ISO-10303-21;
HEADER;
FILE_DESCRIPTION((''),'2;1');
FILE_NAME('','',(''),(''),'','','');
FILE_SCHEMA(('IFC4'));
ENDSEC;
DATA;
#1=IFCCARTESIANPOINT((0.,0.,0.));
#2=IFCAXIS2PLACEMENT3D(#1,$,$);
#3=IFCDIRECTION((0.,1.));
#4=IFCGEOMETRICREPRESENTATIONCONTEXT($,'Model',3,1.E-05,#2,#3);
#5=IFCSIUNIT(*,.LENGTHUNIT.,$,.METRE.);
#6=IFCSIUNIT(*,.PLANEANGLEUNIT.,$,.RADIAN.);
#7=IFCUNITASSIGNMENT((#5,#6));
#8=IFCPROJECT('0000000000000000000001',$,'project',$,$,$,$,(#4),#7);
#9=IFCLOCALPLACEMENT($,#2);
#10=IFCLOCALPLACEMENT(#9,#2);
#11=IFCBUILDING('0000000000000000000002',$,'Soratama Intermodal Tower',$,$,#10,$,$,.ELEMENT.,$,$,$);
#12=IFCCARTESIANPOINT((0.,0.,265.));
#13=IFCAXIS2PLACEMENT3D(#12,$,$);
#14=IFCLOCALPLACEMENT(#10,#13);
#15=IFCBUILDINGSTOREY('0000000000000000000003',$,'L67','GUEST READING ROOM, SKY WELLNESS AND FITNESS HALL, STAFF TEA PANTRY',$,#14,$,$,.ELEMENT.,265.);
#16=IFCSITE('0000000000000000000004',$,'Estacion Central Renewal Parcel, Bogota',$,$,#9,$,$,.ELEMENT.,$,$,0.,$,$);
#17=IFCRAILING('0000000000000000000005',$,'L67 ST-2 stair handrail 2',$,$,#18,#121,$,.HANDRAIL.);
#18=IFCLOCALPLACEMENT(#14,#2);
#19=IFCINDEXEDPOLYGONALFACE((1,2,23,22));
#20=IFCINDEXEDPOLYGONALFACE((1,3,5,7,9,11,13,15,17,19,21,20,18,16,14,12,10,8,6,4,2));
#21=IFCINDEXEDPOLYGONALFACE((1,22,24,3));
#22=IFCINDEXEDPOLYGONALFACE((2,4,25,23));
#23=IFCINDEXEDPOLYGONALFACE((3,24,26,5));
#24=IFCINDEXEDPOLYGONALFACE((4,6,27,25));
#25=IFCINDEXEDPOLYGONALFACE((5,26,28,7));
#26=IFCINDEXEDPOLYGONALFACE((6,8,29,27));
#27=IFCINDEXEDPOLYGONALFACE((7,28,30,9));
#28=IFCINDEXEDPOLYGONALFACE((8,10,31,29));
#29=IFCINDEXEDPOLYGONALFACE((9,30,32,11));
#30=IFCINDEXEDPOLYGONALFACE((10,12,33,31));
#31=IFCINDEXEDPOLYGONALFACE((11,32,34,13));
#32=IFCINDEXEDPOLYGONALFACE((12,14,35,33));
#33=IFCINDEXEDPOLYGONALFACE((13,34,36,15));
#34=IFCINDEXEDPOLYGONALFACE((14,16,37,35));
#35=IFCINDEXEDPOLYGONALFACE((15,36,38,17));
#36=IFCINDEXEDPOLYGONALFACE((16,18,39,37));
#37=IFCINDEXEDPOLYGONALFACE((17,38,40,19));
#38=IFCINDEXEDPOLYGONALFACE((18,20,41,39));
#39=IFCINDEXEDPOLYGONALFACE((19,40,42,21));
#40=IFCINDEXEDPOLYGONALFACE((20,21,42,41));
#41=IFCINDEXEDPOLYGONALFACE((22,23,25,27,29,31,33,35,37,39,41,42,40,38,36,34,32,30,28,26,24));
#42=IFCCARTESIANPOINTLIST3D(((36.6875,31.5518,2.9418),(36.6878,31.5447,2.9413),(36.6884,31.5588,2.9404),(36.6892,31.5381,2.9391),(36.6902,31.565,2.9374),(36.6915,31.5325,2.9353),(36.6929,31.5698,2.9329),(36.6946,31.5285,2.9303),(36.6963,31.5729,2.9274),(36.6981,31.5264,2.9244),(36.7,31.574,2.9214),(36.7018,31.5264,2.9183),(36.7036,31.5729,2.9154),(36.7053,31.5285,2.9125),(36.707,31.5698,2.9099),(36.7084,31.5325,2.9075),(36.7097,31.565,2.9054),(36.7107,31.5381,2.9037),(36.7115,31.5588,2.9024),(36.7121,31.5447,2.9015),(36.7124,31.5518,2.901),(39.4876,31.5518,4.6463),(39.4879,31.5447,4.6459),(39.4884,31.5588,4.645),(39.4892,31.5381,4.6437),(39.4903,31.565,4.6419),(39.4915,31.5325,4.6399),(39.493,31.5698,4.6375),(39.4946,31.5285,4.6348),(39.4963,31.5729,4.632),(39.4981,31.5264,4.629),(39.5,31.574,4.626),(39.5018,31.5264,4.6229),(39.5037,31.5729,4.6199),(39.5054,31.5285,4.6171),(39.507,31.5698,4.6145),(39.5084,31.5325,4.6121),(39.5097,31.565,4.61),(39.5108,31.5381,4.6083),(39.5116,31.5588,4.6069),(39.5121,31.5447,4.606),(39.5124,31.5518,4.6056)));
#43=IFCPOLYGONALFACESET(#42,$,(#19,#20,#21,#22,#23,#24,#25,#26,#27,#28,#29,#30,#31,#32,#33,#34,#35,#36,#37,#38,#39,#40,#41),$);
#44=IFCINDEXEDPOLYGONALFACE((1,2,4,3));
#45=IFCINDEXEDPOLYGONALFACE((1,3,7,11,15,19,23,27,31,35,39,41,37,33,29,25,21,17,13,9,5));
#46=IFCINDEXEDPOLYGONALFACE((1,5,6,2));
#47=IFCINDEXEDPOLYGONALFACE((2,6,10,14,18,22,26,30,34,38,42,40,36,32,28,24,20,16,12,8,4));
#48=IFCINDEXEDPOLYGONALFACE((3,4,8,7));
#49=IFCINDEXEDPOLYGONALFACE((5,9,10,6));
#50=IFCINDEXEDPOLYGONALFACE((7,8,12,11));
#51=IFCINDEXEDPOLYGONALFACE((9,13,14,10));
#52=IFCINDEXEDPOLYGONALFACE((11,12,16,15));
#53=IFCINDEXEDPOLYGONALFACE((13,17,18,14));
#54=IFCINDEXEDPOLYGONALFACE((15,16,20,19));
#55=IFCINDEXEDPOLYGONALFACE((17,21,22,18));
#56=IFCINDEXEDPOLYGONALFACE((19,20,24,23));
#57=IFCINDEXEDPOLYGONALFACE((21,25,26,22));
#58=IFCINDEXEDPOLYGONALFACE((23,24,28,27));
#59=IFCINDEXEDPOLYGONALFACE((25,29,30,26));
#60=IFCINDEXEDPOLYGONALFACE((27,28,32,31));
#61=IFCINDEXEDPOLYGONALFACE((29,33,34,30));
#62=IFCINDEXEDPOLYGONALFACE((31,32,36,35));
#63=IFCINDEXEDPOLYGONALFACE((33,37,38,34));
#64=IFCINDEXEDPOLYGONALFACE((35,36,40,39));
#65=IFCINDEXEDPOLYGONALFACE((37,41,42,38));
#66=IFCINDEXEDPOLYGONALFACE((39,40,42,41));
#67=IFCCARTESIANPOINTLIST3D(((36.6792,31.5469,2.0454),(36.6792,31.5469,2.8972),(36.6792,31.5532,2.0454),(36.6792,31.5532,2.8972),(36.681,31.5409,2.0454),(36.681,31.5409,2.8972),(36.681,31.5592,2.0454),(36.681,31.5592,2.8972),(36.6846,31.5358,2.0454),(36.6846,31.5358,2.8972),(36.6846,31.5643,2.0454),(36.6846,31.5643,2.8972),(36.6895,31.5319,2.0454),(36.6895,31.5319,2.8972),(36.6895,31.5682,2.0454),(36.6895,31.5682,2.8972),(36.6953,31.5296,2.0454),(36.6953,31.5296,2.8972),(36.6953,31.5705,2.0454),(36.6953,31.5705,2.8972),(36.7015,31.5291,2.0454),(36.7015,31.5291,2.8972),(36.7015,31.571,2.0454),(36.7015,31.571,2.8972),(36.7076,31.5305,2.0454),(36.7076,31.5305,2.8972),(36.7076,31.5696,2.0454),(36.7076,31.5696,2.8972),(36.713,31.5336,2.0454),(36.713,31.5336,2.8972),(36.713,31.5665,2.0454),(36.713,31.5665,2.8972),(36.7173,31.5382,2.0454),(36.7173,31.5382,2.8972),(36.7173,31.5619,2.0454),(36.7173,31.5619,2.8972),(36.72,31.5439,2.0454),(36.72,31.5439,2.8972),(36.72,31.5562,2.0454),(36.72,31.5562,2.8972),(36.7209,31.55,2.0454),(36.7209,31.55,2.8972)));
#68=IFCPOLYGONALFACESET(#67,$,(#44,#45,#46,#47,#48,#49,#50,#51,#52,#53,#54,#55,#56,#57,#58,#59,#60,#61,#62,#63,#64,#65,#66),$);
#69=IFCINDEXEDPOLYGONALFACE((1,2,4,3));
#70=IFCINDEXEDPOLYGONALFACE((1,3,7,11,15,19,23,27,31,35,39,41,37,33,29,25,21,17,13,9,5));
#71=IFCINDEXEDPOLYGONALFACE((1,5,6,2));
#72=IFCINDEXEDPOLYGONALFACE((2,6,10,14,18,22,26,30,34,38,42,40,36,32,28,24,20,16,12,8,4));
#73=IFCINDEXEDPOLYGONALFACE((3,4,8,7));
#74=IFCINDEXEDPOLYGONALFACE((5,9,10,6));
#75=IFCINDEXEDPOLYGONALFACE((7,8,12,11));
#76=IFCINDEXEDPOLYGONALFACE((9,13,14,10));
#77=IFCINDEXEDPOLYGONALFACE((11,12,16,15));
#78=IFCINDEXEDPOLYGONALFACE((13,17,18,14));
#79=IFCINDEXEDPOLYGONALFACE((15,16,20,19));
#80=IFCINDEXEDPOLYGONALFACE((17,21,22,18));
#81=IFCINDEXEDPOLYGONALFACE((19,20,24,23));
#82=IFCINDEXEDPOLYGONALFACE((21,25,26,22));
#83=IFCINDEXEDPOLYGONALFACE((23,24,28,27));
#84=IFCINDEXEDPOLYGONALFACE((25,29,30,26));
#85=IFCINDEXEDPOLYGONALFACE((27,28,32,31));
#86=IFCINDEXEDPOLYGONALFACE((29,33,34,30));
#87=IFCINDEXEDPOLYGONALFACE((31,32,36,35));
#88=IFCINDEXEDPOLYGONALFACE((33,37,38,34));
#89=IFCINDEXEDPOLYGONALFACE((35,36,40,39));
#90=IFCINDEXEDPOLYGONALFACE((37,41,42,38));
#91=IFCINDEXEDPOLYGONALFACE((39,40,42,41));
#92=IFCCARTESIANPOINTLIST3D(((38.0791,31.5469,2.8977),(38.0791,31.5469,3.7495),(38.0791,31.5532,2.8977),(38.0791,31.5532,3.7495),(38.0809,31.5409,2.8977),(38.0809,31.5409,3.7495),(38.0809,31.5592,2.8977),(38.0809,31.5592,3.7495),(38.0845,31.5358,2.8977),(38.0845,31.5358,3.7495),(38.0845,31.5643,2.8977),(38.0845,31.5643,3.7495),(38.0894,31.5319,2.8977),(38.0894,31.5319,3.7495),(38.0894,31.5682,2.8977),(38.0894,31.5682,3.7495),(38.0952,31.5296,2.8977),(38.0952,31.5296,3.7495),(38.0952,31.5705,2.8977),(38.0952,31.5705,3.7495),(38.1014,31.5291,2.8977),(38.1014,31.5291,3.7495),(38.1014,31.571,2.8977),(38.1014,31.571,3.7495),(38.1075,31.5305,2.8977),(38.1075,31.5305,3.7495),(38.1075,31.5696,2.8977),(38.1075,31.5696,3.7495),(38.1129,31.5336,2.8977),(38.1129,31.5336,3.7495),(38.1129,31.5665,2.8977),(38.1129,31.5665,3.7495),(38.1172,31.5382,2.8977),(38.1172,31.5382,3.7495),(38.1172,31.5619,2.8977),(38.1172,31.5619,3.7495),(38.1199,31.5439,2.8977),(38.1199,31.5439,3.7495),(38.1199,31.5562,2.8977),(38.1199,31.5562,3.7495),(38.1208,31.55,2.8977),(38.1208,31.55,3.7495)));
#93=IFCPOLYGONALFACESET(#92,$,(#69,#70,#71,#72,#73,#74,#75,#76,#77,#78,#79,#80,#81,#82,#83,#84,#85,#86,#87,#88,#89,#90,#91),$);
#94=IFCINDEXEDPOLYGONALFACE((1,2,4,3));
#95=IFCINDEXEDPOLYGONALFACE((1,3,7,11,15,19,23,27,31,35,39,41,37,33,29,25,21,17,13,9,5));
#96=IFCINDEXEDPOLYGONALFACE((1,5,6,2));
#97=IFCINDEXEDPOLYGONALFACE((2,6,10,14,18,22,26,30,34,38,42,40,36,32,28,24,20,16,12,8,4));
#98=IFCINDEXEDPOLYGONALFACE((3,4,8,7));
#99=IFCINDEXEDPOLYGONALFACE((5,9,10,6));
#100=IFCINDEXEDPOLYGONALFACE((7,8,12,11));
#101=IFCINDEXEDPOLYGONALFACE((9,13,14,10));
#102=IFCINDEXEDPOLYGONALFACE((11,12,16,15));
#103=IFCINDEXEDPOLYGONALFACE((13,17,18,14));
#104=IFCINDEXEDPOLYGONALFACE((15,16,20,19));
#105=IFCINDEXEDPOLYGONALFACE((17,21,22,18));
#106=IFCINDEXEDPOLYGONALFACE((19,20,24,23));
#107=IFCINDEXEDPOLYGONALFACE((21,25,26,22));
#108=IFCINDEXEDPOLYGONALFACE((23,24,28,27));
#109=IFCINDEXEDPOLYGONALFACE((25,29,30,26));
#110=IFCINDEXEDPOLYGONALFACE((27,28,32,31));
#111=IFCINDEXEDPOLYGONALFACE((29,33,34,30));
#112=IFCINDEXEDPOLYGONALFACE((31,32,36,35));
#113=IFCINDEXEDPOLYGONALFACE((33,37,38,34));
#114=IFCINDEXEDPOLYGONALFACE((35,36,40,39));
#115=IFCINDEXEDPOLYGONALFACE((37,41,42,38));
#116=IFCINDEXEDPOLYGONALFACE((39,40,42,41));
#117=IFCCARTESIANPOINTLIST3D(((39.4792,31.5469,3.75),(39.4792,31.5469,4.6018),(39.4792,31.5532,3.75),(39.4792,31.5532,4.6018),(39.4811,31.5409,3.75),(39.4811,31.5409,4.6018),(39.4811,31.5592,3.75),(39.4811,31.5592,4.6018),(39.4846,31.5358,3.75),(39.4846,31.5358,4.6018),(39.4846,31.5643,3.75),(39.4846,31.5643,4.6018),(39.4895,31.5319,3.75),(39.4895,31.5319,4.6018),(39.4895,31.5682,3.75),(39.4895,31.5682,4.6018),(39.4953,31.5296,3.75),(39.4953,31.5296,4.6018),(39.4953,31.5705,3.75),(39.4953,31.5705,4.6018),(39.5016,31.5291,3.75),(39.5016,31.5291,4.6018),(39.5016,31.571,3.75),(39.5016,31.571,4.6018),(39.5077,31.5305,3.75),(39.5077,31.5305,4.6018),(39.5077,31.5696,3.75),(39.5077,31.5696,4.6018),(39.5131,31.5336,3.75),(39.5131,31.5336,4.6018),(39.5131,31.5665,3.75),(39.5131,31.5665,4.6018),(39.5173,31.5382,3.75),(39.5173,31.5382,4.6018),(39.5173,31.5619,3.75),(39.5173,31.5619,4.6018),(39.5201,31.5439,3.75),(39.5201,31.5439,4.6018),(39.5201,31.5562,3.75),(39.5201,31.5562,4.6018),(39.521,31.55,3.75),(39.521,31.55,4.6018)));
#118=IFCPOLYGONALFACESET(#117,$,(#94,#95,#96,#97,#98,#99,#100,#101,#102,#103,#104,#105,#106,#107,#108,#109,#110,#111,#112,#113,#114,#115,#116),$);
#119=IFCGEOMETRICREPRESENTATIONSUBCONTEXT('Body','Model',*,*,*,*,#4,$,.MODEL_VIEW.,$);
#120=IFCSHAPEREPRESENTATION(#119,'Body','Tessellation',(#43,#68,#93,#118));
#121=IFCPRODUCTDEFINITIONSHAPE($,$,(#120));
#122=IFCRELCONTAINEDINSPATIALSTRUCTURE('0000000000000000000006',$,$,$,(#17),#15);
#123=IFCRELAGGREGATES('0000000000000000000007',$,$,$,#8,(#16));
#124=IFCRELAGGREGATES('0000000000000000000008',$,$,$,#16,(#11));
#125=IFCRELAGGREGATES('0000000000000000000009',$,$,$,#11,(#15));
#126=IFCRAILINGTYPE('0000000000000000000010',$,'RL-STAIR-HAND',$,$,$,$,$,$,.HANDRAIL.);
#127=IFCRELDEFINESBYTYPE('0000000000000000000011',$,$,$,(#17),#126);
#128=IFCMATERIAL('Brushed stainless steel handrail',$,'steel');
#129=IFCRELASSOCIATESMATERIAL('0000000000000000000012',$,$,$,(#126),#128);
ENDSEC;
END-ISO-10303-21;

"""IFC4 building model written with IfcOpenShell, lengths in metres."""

from ifc_helpers import new_model, si_unit, direction, frame, origin, origin_2d, place, context, subcontext, project, spatial, circle, extrude, material, type_object, element, save


model = new_model("IFC4")

# Units and contexts
model_context = context("Model", 3, precision=1e-05, world=origin(), true_north=direction((0.0, 1.0)))
body_context = subcontext(model_context, "Body", "Model", "MODEL_VIEW")
ifc_project = project(units=[si_unit("LENGTHUNIT", "METRE"), si_unit("PLANEANGLEUNIT", "RADIAN")], contexts=[model_context])

# Site, building, storey
site_placement = place(None, origin())
site = spatial("IfcSite", under=ifc_project, at=site_placement, Name="Estacion Central Renewal Parcel, Bogota", CompositionType="ELEMENT", RefElevation=0.0)
building_placement = place(site_placement, origin())
building = spatial("IfcBuilding", under=site, at=building_placement, Name="Soratama Intermodal Tower", CompositionType="ELEMENT")
storey_placement = place(building_placement, frame((0.0, 0.0, 265.0)))
storey = spatial("IfcBuildingStorey", under=building, at=storey_placement, Name="L67", Description="GUEST READING ROOM, SKY WELLNESS AND FITNESS HALL, STAFF TEA PANTRY", CompositionType="ELEMENT", Elevation=265.0)

# Railing
ifc_material_1 = material(Name="Brushed stainless steel handrail", Category="steel")
railing_type_1 = type_object("IfcRailingType", Name="RL-STAIR-HAND", PredefinedType="HANDRAIL", material=ifc_material_1)
railing_1_placement = place(storey_placement, frame((36.7, 31.55, 2.0454)))
element("IfcRailing", 1, at=railing_1_placement, inside=storey, type_object=railing_type_1, Name="L67 ST-2 stair handrail 2", PredefinedType="HANDRAIL", context=body_context, shape_type="SweptSolid", body=[
    extrude(circle(Radius=0.0239, at=origin_2d()), frame((0.0, 0.0, 0.876), z_axis=(0.85417, 0.0, 0.519994), x_axis=(0.0, 1.0, 0.0)), (0.0, 0.0, 1.0), 3.2781),
    extrude(circle(Radius=0.021, at=origin_2d()), origin(), (0.0, 0.0, 1.0), 0.8518),
    extrude(circle(Radius=0.021, at=origin_2d()), frame((1.3999, 0.0, 0.8523)), (0.0, 0.0, 1.0), 0.8518),
    extrude(circle(Radius=0.021, at=origin_2d()), frame((2.8, 0.0, 1.7046)), (0.0, 0.0, 1.0), 0.8518),
])

save(model, "model.ifc")
